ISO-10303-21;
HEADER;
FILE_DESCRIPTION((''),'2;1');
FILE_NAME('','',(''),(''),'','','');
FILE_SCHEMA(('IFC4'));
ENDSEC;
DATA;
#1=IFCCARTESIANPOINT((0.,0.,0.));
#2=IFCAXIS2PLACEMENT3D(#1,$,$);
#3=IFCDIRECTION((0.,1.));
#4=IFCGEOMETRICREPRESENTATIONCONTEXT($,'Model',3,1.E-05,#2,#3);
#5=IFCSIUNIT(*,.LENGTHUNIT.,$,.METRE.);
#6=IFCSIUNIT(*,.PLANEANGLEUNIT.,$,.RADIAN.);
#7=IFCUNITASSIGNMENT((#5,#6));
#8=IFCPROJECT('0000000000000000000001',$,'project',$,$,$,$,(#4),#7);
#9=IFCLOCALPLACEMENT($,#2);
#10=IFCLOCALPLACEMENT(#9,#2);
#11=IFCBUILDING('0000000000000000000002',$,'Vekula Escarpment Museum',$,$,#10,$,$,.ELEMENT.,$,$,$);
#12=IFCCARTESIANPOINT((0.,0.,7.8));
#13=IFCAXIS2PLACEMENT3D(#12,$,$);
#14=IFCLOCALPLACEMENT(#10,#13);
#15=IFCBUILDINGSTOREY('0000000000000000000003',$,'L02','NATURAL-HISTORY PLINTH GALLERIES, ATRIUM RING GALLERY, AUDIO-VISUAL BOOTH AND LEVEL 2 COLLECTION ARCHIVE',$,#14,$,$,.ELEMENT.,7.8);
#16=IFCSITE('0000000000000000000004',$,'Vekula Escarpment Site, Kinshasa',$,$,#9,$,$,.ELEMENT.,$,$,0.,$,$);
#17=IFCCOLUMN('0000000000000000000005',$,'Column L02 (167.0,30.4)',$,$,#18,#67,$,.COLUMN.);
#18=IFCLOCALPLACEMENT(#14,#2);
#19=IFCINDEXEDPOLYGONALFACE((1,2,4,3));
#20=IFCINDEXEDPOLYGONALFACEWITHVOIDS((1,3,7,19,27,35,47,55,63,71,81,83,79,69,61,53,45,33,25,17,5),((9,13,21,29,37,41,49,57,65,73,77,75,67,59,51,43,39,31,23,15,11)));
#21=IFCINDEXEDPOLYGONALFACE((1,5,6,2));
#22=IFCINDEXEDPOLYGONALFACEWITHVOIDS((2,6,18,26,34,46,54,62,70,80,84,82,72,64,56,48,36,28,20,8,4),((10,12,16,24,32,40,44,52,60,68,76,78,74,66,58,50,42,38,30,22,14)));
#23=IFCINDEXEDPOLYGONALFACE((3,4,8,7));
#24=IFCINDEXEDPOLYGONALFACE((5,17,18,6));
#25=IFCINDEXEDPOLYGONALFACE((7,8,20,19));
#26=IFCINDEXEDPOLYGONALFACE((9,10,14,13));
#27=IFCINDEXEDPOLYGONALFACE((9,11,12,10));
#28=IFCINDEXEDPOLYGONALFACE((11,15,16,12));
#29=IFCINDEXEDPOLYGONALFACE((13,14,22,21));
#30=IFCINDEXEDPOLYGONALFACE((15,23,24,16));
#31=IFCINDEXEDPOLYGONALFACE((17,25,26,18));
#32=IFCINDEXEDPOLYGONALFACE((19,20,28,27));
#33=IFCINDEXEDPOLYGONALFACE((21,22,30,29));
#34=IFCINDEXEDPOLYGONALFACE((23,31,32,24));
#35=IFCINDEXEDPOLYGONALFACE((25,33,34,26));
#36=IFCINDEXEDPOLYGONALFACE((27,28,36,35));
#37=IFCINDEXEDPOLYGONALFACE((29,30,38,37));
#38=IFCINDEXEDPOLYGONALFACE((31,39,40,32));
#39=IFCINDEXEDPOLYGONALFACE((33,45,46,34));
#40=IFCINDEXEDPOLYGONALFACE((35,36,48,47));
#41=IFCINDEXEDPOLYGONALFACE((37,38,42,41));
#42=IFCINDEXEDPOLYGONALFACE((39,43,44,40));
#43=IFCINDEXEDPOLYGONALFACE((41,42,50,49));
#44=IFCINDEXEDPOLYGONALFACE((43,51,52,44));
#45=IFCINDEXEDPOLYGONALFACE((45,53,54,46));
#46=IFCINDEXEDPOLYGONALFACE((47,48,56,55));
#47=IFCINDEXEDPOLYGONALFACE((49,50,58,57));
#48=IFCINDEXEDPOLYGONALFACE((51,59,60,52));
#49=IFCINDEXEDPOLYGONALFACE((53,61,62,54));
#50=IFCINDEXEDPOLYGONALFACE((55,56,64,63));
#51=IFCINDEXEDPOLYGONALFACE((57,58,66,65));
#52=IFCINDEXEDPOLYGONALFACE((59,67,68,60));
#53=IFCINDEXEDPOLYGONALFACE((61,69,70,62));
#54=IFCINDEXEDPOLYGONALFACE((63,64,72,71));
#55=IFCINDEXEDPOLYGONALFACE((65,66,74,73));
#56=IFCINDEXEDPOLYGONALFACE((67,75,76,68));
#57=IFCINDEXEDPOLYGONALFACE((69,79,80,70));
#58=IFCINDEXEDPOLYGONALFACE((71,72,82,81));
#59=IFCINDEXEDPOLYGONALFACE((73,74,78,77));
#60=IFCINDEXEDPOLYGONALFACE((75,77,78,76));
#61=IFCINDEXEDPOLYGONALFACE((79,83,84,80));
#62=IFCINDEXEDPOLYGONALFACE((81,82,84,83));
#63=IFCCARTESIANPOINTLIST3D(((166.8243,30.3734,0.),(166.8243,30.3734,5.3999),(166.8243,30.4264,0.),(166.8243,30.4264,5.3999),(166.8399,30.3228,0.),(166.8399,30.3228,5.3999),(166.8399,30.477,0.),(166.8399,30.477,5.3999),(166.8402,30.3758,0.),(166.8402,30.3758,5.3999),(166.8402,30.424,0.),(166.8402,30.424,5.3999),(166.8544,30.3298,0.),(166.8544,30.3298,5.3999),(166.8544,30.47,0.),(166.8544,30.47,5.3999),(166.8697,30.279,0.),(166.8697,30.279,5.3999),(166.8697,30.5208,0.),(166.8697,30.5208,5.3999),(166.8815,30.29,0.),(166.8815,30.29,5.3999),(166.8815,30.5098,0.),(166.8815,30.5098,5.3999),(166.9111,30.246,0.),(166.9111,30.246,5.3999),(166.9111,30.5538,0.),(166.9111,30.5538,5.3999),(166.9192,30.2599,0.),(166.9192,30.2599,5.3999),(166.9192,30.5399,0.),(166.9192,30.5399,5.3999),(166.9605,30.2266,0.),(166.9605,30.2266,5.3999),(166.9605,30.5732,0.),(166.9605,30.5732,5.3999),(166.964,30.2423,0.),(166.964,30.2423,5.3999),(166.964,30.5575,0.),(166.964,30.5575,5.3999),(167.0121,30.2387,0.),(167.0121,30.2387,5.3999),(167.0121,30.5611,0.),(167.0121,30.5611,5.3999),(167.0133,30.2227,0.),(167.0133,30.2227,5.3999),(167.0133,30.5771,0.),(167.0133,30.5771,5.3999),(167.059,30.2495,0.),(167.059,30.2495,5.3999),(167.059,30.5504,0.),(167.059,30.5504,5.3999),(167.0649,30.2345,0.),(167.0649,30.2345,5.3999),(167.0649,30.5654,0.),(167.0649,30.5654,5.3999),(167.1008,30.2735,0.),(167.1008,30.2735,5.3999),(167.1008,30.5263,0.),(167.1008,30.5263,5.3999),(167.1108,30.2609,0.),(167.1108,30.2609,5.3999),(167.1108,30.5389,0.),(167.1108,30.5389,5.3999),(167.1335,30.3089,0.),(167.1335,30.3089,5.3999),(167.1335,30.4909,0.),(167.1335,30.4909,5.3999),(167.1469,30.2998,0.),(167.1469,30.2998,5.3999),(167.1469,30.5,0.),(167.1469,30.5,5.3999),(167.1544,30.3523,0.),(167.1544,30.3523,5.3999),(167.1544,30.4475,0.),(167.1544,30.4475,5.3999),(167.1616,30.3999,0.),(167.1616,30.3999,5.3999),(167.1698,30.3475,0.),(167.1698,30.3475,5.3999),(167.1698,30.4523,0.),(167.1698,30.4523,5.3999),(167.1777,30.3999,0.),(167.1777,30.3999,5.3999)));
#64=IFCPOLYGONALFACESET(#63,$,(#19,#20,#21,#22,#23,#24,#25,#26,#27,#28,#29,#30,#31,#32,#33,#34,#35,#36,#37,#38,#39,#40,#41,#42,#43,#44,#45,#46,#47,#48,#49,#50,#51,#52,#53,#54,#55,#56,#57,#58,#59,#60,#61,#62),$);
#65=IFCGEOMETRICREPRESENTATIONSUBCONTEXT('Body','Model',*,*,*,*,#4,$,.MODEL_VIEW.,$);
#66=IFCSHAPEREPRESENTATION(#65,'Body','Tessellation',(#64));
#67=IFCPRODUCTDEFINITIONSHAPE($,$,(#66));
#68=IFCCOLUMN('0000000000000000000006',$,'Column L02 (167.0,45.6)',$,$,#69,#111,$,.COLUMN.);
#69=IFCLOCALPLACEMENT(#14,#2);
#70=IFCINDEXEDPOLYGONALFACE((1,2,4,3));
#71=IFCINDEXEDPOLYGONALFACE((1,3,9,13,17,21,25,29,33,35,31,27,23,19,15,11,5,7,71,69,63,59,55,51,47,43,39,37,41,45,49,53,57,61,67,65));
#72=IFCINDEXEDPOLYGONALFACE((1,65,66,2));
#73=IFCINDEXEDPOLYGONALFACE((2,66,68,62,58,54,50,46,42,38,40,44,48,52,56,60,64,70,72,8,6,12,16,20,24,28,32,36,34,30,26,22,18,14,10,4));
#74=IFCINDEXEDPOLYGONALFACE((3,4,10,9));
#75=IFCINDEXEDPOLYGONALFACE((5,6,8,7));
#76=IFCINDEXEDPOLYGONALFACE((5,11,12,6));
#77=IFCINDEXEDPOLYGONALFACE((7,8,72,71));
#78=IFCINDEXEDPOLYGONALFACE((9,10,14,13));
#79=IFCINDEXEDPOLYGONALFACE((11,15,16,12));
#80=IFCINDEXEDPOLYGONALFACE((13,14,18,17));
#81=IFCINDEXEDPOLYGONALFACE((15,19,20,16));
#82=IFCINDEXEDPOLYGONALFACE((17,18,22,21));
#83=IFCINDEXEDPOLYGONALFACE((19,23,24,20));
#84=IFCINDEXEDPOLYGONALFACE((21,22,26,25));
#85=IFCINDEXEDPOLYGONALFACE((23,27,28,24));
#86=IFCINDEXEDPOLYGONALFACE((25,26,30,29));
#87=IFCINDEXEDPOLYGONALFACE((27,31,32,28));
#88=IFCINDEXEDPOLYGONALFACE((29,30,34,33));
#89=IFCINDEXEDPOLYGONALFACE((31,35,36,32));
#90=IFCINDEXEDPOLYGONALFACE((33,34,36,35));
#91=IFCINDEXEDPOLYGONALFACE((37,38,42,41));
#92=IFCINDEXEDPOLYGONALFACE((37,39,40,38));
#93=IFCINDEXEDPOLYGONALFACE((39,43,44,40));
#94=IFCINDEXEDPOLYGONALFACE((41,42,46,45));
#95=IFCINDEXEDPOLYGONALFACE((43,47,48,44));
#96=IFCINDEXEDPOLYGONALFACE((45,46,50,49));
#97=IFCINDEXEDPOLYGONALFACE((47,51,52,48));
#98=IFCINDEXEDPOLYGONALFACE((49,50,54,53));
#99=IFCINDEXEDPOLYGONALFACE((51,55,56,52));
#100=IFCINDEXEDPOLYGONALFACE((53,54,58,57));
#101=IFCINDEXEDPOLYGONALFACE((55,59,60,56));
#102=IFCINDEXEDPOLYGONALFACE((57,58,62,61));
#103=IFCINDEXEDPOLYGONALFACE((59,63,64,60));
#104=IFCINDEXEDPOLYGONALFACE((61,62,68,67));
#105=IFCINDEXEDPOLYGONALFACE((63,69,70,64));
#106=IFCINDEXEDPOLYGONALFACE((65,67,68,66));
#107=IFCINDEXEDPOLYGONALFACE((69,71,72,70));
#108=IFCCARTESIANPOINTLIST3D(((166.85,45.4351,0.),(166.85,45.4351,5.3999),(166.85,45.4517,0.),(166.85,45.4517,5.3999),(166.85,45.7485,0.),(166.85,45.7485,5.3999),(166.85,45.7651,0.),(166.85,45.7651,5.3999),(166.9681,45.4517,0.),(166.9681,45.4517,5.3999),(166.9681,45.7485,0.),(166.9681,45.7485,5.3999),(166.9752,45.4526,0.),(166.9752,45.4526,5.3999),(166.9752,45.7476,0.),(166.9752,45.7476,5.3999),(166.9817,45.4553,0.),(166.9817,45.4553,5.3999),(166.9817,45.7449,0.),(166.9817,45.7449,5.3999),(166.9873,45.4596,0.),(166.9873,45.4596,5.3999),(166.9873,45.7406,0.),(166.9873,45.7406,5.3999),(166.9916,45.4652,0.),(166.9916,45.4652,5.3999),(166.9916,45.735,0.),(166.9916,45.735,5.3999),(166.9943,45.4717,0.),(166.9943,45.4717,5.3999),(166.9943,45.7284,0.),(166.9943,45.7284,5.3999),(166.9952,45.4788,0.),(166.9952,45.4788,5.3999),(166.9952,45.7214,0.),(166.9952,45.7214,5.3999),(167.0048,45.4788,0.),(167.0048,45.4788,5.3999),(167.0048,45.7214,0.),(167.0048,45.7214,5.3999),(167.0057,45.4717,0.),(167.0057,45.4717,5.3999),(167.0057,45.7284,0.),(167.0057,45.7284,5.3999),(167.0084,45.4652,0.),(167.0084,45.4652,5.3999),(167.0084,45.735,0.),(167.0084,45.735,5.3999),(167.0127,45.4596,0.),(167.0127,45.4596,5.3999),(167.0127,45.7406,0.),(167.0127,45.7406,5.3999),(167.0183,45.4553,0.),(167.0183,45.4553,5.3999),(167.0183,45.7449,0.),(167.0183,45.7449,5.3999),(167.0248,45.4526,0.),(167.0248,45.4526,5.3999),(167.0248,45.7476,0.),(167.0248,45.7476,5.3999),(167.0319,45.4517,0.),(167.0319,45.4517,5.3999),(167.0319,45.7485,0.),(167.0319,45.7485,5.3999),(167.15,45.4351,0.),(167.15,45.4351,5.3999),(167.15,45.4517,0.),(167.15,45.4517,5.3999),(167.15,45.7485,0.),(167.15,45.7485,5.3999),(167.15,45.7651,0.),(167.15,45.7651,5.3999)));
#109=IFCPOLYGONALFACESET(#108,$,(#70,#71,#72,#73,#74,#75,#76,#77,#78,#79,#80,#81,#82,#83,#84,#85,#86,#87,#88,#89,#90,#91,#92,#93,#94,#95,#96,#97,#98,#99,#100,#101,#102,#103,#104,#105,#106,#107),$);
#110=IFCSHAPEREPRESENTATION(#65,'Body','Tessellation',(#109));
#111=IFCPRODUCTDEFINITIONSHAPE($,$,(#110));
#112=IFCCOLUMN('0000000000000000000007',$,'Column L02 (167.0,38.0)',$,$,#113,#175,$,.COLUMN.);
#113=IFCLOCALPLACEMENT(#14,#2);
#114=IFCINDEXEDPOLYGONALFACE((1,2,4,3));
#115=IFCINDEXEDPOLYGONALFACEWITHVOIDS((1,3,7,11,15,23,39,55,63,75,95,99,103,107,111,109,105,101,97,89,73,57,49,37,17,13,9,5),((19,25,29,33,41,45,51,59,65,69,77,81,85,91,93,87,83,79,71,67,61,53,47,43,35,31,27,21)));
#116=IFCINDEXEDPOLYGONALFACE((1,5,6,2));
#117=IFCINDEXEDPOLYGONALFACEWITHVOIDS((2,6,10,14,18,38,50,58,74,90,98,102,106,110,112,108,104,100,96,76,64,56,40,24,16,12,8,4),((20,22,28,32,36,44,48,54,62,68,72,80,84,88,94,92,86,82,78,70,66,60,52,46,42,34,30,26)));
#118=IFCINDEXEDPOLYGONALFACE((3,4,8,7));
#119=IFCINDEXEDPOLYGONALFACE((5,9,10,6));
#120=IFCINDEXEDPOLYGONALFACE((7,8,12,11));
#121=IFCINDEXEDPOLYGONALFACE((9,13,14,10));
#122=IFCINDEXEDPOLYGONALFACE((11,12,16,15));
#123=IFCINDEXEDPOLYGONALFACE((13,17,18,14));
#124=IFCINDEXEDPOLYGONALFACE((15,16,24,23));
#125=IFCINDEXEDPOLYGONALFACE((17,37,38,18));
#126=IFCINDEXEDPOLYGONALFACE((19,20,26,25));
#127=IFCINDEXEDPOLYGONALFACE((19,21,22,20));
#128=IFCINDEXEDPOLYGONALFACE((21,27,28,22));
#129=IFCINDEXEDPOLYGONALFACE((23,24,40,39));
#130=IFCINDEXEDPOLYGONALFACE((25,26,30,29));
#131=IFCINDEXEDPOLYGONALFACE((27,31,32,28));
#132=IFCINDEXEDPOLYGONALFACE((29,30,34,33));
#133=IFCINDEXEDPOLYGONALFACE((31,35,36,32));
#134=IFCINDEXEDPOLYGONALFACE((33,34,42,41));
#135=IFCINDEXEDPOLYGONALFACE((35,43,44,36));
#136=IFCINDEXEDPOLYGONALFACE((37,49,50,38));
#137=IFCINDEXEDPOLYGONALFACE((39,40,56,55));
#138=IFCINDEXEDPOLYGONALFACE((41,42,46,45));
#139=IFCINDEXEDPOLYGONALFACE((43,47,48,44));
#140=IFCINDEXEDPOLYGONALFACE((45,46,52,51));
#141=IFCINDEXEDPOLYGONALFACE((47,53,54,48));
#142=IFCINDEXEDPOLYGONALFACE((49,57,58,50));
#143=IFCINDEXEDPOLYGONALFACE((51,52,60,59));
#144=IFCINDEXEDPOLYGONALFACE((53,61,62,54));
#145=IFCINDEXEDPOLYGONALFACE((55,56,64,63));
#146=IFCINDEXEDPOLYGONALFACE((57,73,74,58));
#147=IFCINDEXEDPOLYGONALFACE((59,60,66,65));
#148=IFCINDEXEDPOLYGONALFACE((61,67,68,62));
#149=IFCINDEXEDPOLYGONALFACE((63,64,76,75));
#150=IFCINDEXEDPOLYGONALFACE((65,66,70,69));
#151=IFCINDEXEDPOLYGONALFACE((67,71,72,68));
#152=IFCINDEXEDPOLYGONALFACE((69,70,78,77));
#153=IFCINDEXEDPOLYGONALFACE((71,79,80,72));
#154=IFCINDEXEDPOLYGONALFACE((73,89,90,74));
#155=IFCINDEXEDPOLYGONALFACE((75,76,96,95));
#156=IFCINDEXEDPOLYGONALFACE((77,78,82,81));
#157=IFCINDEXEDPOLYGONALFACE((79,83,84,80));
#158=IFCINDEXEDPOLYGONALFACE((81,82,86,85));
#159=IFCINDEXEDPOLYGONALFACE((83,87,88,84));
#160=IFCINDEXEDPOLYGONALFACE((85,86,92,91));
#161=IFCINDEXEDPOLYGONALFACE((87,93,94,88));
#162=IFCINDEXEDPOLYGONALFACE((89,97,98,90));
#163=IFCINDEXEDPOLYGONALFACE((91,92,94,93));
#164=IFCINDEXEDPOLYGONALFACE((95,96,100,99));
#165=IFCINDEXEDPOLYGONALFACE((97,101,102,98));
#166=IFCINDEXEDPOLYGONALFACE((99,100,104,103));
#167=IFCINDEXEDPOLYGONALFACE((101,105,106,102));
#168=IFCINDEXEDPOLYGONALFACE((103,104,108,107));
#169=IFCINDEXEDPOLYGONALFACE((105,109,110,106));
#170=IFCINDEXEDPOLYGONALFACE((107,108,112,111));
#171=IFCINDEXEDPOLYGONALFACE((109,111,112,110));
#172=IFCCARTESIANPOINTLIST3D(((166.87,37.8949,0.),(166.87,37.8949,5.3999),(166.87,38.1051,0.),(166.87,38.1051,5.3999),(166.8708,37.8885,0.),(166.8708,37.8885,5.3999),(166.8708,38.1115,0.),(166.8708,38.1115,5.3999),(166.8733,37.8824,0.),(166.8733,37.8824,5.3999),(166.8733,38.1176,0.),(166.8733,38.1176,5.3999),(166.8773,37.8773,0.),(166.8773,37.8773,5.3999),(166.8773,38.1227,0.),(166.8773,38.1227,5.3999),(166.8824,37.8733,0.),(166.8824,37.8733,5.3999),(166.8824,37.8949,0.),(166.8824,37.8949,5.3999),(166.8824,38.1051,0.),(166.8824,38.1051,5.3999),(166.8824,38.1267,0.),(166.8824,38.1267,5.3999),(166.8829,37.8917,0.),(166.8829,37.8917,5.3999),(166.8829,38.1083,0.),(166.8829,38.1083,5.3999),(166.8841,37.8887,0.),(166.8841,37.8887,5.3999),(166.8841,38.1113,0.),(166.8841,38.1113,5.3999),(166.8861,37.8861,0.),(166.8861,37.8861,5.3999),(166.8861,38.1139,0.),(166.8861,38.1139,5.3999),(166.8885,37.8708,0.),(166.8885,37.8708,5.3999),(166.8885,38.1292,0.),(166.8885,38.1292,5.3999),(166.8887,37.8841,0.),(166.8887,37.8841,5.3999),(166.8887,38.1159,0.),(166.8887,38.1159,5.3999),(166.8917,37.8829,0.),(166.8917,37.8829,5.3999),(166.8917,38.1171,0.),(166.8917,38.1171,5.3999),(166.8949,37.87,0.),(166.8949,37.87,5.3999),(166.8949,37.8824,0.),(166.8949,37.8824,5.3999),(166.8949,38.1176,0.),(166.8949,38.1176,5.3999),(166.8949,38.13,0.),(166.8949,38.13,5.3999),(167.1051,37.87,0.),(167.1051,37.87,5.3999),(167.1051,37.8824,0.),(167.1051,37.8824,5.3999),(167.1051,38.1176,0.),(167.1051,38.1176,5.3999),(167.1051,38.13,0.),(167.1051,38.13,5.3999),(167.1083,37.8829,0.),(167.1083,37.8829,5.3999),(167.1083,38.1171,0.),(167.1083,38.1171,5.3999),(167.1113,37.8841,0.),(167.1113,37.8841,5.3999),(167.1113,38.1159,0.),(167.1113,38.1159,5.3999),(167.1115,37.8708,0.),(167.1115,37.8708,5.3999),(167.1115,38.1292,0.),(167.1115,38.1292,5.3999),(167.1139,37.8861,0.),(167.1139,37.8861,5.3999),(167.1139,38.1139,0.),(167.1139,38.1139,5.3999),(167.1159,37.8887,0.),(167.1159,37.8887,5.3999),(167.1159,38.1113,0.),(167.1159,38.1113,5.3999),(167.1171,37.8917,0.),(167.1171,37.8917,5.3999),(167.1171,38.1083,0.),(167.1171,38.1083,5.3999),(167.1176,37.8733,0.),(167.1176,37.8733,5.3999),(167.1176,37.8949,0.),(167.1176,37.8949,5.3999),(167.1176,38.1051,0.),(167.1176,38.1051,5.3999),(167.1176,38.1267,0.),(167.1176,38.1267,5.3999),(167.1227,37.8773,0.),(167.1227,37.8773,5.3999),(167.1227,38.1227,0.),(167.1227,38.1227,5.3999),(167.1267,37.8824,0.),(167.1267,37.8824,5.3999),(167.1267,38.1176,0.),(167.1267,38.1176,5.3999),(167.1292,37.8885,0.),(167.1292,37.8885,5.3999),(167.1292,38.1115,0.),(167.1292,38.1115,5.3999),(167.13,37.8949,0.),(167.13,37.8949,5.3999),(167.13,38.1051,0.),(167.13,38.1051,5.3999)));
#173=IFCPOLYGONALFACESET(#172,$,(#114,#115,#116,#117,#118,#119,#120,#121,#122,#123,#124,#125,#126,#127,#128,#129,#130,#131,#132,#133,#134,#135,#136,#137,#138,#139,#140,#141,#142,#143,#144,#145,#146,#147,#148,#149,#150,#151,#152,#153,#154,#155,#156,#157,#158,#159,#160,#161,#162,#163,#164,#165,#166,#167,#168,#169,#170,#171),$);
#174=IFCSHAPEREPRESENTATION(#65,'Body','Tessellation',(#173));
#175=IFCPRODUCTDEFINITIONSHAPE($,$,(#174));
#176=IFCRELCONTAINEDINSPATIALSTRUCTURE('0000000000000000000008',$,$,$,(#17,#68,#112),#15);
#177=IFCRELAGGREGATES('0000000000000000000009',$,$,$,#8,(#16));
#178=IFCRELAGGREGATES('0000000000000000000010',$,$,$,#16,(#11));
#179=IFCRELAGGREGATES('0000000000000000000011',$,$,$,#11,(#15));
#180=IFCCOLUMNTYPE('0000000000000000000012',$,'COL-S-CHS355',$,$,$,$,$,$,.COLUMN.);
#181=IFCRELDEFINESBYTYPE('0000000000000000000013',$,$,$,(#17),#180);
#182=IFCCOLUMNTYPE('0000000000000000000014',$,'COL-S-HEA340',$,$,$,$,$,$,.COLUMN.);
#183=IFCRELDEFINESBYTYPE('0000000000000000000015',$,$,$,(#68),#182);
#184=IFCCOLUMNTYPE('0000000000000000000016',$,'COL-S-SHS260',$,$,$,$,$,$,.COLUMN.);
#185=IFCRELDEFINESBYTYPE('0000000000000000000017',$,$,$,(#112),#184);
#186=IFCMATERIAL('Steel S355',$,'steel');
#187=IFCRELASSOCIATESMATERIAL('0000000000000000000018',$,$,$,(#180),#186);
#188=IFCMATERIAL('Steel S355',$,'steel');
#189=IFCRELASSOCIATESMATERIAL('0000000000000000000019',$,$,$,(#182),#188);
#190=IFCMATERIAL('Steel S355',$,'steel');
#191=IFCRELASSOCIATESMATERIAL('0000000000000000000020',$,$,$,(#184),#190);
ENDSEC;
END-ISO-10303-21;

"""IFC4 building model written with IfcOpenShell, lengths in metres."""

from ifc_helpers import new_model, si_unit, direction, frame, origin, origin_2d, place, context, subcontext, project, spatial, hollow_rectangle, hollow_circle, i_section, extrude, material, material_profile, profile_set, type_object, element, save


model = new_model("IFC4")

# Units and contexts
model_context = context("Model", 3, precision=1e-05, world=origin(), true_north=direction((0.0, 1.0)))
body_context = subcontext(model_context, "Body", "Model", "MODEL_VIEW")
ifc_project = project(units=[si_unit("LENGTHUNIT", "METRE"), si_unit("PLANEANGLEUNIT", "RADIAN")], contexts=[model_context])

# Site, building, storey
site_placement = place(None, origin())
site = spatial("IfcSite", under=ifc_project, at=site_placement, Name="Vekula Escarpment Site, Kinshasa", CompositionType="ELEMENT", RefElevation=0.0)
building_placement = place(site_placement, origin())
building = spatial("IfcBuilding", under=site, at=building_placement, Name="Vekula Escarpment Museum", CompositionType="ELEMENT")
storey_placement = place(building_placement, frame((0.0, 0.0, 7.8)))
storey = spatial("IfcBuildingStorey", under=building, at=storey_placement, Name="L02", Description="NATURAL-HISTORY PLINTH GALLERIES, ATRIUM RING GALLERY, AUDIO-VISUAL BOOTH AND LEVEL 2 COLLECTION ARCHIVE", CompositionType="ELEMENT", Elevation=7.8)

# Columns
ifc_material_1 = material(Name="Steel S355", Category="steel")
ifc_material_profile_1 = material_profile(ifc_material_1, hollow_circle(Radius=0.1777, WallThickness=0.0161, at=origin_2d()), Name="CHS 355.6x16")
ifc_profile_set_1 = profile_set([ifc_material_profile_1], Name="Steel S355")
column_type_1 = type_object("IfcColumnType", Name="COL-S-CHS355", PredefinedType="COLUMN", material=ifc_profile_set_1)
column_1_placement = place(storey_placement, frame((167.0, 30.3999, 0.0), z_axis=(0.0, 0.0, 1.0), x_axis=(1.0, 0.0, 0.0)))
element("IfcColumn", 1, at=column_1_placement, inside=storey, type_object=column_type_1, Name="Column L02 (167.0,30.4)", PredefinedType="COLUMN", context=body_context, shape_type="SweptSolid", body=[
    extrude(hollow_circle(Radius=0.1777, WallThickness=0.0161, at=origin_2d()), origin(), (0.0, 0.0, 1.0), 5.3999),
])
ifc_material_2 = material(Name="Steel S355", Category="steel")
ifc_material_profile_2 = material_profile(ifc_material_2, i_section(OverallWidth=0.3, OverallDepth=0.3301, WebThickness=0.0095, FlangeThickness=0.0166, FilletRadius=0.0271, at=origin_2d()), Name="HEA 340")
ifc_profile_set_2 = profile_set([ifc_material_profile_2], Name="Steel S355")
column_type_2 = type_object("IfcColumnType", Name="COL-S-HEA340", PredefinedType="COLUMN", material=ifc_profile_set_2)
column_2_placement = place(storey_placement, frame((167.0, 45.6001, 0.0), z_axis=(0.0, 0.0, 1.0), x_axis=(1.0, 0.0, 0.0)))
element("IfcColumn", 2, at=column_2_placement, inside=storey, type_object=column_type_2, Name="Column L02 (167.0,45.6)", PredefinedType="COLUMN", context=body_context, shape_type="SweptSolid", body=[
    extrude(i_section(OverallWidth=0.3, OverallDepth=0.3301, WebThickness=0.0095, FlangeThickness=0.0166, FilletRadius=0.0271, at=origin_2d()), origin(), (0.0, 0.0, 1.0), 5.3999),
])
ifc_material_3 = material(Name="Steel S355", Category="steel")
ifc_material_profile_3 = material_profile(ifc_material_3, hollow_rectangle(XDim=0.26, YDim=0.26, WallThickness=0.0125, InnerFilletRadius=0.0125, OuterFilletRadius=0.0249, at=origin_2d()), Name="SHS 260x260x12.5")
ifc_profile_set_3 = profile_set([ifc_material_profile_3], Name="Steel S355")
column_type_3 = type_object("IfcColumnType", Name="COL-S-SHS260", PredefinedType="COLUMN", material=ifc_profile_set_3)
column_3_placement = place(storey_placement, frame((167.0, 38.0, 0.0), z_axis=(0.0, 0.0, 1.0), x_axis=(1.0, 0.0, 0.0)))
element("IfcColumn", 3, at=column_3_placement, inside=storey, type_object=column_type_3, Name="Column L02 (167.0,38.0)", PredefinedType="COLUMN", context=body_context, shape_type="SweptSolid", body=[
    extrude(hollow_rectangle(XDim=0.26, YDim=0.26, WallThickness=0.0125, InnerFilletRadius=0.0125, OuterFilletRadius=0.0249, at=origin_2d()), origin(), (0.0, 0.0, 1.0), 5.3999),
])

save(model, "model.ifc")
